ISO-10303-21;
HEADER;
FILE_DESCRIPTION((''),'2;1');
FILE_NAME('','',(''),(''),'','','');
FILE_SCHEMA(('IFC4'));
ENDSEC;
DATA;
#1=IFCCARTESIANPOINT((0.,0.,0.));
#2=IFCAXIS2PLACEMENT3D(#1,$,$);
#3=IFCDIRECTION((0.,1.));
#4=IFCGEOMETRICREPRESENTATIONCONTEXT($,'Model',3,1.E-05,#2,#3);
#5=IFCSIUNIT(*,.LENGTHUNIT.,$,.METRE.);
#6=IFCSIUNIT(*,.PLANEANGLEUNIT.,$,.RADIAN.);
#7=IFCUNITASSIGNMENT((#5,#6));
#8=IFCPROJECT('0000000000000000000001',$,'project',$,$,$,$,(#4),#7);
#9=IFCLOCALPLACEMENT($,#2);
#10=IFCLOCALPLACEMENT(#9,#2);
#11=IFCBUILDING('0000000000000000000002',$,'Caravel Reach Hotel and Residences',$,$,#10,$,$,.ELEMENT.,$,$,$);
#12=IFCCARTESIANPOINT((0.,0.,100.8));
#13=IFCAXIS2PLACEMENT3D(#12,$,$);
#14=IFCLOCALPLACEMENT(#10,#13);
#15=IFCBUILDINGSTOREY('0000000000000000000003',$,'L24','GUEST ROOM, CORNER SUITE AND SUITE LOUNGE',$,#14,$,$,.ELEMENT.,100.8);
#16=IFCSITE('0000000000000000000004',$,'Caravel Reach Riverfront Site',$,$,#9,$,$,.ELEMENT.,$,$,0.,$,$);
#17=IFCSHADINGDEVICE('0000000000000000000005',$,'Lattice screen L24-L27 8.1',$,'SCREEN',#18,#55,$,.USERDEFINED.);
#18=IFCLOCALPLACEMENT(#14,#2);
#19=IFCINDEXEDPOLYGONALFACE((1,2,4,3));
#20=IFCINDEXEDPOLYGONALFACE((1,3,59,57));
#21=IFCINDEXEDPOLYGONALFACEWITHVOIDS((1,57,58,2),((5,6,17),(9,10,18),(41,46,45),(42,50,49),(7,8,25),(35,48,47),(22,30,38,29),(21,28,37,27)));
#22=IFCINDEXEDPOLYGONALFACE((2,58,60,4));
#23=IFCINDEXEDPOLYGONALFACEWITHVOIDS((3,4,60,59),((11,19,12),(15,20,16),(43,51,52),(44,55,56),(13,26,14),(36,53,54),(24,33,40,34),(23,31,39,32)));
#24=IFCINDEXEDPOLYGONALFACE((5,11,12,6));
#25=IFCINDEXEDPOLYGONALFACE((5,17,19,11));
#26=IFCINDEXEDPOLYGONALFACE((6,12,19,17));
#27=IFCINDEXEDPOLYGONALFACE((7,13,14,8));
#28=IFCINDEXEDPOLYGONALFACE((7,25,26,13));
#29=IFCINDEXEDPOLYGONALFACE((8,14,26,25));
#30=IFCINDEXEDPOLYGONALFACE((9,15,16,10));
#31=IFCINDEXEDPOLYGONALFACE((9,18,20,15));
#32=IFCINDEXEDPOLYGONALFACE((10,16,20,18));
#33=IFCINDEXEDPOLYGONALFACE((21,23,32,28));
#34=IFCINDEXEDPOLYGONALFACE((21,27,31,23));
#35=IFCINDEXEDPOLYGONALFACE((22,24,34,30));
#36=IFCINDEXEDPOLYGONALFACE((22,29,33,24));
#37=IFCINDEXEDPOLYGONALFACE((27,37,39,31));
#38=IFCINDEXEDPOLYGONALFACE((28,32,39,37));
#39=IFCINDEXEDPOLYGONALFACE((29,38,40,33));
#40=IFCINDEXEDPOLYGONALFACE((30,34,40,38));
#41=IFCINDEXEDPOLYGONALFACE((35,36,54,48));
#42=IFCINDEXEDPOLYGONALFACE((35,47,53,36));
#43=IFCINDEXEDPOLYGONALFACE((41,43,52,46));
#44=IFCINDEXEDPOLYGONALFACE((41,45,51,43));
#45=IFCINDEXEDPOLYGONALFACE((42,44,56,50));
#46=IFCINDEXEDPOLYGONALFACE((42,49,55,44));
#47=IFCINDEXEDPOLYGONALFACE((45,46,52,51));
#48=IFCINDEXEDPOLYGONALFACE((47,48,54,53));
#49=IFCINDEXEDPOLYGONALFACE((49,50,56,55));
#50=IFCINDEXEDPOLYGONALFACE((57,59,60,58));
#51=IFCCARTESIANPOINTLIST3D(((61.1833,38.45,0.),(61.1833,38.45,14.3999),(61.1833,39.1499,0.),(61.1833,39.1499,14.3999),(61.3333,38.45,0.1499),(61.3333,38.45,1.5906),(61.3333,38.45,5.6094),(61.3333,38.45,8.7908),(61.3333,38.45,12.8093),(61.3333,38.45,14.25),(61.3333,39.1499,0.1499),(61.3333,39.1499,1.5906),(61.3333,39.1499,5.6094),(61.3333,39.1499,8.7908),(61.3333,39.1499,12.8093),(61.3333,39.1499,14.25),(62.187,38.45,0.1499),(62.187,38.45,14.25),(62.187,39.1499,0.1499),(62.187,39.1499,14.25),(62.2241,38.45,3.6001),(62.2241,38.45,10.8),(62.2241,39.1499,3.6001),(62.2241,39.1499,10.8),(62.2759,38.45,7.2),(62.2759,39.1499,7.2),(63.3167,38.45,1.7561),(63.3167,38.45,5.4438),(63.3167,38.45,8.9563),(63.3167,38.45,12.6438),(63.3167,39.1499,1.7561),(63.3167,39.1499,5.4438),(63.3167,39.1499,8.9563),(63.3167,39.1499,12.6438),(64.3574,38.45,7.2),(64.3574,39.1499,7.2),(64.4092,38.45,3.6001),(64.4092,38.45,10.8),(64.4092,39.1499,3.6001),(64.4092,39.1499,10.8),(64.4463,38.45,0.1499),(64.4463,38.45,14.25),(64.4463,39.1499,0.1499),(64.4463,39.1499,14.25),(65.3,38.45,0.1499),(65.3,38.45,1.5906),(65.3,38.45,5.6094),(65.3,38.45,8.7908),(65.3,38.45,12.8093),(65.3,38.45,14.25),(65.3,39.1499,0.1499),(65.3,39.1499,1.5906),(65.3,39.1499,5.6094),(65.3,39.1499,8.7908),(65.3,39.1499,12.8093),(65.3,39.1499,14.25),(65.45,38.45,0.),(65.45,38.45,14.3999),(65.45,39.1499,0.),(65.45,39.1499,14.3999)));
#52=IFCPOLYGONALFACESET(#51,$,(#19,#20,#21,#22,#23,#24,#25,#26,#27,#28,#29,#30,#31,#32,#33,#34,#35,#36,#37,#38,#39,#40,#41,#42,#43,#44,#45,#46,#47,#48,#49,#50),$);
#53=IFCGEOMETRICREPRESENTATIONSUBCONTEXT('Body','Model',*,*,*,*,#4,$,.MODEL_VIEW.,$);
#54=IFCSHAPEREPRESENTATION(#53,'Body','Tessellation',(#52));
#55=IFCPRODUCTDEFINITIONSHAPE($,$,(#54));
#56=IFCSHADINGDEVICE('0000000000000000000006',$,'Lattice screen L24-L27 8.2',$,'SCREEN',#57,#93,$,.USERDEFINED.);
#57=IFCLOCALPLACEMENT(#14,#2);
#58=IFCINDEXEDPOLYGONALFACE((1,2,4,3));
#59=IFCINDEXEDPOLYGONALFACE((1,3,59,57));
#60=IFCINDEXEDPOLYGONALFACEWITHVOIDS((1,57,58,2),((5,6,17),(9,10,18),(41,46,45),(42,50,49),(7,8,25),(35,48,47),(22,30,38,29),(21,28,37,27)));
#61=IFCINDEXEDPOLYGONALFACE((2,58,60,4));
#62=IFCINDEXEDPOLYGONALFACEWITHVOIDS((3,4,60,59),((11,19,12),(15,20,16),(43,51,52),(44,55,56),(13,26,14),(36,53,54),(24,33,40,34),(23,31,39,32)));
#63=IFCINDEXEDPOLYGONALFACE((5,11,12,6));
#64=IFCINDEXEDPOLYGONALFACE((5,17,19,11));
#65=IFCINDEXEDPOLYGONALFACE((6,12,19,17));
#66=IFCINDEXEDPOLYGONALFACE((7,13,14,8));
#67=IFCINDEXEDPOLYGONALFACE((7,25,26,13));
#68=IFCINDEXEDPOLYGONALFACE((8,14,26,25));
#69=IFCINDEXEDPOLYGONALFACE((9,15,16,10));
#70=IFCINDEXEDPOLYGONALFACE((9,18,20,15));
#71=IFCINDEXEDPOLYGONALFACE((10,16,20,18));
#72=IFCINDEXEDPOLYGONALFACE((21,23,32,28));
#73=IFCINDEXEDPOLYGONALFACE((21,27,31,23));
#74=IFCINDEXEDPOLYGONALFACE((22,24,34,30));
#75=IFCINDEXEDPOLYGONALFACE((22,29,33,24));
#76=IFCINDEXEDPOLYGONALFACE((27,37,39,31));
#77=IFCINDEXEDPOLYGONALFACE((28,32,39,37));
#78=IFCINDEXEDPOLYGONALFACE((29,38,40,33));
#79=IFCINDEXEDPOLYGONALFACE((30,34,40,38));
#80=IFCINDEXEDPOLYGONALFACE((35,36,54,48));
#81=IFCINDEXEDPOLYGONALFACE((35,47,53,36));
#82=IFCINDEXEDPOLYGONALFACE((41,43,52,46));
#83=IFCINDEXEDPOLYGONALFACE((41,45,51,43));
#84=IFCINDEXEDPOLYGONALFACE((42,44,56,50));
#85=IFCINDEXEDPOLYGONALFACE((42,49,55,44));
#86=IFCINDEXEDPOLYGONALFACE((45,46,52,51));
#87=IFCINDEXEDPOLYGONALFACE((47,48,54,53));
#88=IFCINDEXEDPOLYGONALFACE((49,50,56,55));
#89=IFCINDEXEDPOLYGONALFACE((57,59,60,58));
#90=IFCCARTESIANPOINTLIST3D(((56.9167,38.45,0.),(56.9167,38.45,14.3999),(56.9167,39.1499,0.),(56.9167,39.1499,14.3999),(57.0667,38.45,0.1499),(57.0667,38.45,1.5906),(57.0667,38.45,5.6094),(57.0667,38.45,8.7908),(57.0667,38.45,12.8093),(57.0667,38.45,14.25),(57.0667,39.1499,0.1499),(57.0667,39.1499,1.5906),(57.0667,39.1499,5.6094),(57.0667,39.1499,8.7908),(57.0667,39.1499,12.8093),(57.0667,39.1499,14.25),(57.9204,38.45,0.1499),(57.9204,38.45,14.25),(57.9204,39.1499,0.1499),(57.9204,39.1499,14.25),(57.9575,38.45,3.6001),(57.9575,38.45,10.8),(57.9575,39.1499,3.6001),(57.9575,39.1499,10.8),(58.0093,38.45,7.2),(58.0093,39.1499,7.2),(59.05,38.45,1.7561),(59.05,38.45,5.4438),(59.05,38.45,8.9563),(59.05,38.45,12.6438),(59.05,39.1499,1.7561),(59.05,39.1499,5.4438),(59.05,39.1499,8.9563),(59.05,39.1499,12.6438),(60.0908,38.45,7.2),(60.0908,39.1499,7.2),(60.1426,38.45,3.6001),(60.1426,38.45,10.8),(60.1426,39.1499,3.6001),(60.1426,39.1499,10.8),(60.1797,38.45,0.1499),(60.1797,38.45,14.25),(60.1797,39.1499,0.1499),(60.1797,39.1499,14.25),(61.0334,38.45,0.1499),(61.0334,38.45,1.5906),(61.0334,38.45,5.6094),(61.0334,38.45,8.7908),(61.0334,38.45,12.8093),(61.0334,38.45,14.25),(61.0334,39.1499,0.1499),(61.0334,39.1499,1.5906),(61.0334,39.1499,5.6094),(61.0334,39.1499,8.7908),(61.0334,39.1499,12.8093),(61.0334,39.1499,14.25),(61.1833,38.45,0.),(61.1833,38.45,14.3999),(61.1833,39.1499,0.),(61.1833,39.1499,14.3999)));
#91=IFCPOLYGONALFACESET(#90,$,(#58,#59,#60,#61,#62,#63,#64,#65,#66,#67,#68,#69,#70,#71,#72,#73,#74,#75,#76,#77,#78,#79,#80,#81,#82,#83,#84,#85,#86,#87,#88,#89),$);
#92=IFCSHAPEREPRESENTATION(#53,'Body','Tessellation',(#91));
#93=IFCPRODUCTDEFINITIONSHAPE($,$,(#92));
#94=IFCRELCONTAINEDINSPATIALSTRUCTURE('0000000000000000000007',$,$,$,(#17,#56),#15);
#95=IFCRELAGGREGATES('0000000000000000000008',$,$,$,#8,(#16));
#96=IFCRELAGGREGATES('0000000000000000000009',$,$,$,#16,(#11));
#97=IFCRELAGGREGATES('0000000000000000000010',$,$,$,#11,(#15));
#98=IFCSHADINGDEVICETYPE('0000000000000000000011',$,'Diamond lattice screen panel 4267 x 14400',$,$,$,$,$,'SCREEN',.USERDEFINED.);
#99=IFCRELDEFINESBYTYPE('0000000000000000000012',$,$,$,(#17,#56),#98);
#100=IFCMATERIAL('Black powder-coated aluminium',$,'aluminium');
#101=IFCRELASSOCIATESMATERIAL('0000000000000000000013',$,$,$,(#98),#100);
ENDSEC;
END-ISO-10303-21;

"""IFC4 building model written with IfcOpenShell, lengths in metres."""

from ifc_helpers import new_model, si_unit, direction, frame, origin, place, context, subcontext, project, spatial, polyline, outline, extrude, material, type_object, element, save


model = new_model("IFC4")

# Units and contexts
model_context = context("Model", 3, precision=1e-05, world=origin(), true_north=direction((0.0, 1.0)))
body_context = subcontext(model_context, "Body", "Model", "MODEL_VIEW")
ifc_project = project(units=[si_unit("LENGTHUNIT", "METRE"), si_unit("PLANEANGLEUNIT", "RADIAN")], contexts=[model_context])

# Site, building, storey
site_placement = place(None, origin())
site = spatial("IfcSite", under=ifc_project, at=site_placement, Name="Caravel Reach Riverfront Site", CompositionType="ELEMENT", RefElevation=0.0)
building_placement = place(site_placement, origin())
building = spatial("IfcBuilding", under=site, at=building_placement, Name="Caravel Reach Hotel and Residences", CompositionType="ELEMENT")
storey_placement = place(building_placement, frame((0.0, 0.0, 100.8)))
storey = spatial("IfcBuildingStorey", under=building, at=storey_placement, Name="L24", Description="GUEST ROOM, CORNER SUITE AND SUITE LOUNGE", CompositionType="ELEMENT", Elevation=100.8)

# Shading devices
ifc_material_1 = material(Name="Black powder-coated aluminium", Category="aluminium")
shading_device_type_1 = type_object("IfcShadingDeviceType", Name="Diamond lattice screen panel 4267 x 14400", ElementType="SCREEN", PredefinedType="USERDEFINED", material=ifc_material_1)
for number, where, z_axis, x_axis, name in (
    (1, (65.45, 38.45, 0.0), (0.0, 1.0, 0.0), (-1.0, 0.0, 0.0), "Lattice screen L24-L27 8.1"),
    (2, (61.1833, 38.45, 0.0), (0.0, 1.0, 0.0), (-1.0, 0.0, 0.0), "Lattice screen L24-L27 8.2"),
):
    element("IfcShadingDevice", number, at=place(storey_placement, frame(where, z_axis=z_axis, x_axis=x_axis)), inside=storey, type_object=shading_device_type_1, Name=name, ObjectType="SCREEN", PredefinedType="USERDEFINED", context=body_context, shape_type="SweptSolid", body=[
        extrude(outline(polyline([(0.0, 0.0), (4.2666, 0.0), (4.2666, 14.3999), (0.0, 14.3999), (0.0, 0.0)]), holes=[polyline([(1.0037, 0.1499), (0.1499, 1.5906), (0.1499, 0.1499), (1.0037, 0.1499)]), polyline([(1.0925, 7.2), (0.1499, 8.7908), (0.1499, 5.6094), (1.0925, 7.2)]), polyline([(0.1499, 12.8093), (1.0037, 14.25), (0.1499, 14.25), (0.1499, 12.8093)]), polyline([(2.1333, 5.4438), (1.0408, 3.6001), (2.1333, 1.7561), (3.2258, 3.6001), (2.1333, 5.4438)]), polyline([(2.1333, 12.6438), (1.0408, 10.8), (2.1333, 8.9563), (3.2258, 10.8), (2.1333, 12.6438)]), polyline([(4.1167, 1.5906), (3.2629, 0.1499), (4.1167, 0.1499), (4.1167, 1.5906)]), polyline([(3.1741, 7.2), (4.1167, 5.6094), (4.1167, 8.7908), (3.1741, 7.2)]), polyline([(3.2629, 14.25), (4.1167, 12.8093), (4.1167, 14.25), (3.2629, 14.25)])]), origin(), (0.0, 0.0, 1.0), 0.7),
    ])

save(model, "model.ifc")
